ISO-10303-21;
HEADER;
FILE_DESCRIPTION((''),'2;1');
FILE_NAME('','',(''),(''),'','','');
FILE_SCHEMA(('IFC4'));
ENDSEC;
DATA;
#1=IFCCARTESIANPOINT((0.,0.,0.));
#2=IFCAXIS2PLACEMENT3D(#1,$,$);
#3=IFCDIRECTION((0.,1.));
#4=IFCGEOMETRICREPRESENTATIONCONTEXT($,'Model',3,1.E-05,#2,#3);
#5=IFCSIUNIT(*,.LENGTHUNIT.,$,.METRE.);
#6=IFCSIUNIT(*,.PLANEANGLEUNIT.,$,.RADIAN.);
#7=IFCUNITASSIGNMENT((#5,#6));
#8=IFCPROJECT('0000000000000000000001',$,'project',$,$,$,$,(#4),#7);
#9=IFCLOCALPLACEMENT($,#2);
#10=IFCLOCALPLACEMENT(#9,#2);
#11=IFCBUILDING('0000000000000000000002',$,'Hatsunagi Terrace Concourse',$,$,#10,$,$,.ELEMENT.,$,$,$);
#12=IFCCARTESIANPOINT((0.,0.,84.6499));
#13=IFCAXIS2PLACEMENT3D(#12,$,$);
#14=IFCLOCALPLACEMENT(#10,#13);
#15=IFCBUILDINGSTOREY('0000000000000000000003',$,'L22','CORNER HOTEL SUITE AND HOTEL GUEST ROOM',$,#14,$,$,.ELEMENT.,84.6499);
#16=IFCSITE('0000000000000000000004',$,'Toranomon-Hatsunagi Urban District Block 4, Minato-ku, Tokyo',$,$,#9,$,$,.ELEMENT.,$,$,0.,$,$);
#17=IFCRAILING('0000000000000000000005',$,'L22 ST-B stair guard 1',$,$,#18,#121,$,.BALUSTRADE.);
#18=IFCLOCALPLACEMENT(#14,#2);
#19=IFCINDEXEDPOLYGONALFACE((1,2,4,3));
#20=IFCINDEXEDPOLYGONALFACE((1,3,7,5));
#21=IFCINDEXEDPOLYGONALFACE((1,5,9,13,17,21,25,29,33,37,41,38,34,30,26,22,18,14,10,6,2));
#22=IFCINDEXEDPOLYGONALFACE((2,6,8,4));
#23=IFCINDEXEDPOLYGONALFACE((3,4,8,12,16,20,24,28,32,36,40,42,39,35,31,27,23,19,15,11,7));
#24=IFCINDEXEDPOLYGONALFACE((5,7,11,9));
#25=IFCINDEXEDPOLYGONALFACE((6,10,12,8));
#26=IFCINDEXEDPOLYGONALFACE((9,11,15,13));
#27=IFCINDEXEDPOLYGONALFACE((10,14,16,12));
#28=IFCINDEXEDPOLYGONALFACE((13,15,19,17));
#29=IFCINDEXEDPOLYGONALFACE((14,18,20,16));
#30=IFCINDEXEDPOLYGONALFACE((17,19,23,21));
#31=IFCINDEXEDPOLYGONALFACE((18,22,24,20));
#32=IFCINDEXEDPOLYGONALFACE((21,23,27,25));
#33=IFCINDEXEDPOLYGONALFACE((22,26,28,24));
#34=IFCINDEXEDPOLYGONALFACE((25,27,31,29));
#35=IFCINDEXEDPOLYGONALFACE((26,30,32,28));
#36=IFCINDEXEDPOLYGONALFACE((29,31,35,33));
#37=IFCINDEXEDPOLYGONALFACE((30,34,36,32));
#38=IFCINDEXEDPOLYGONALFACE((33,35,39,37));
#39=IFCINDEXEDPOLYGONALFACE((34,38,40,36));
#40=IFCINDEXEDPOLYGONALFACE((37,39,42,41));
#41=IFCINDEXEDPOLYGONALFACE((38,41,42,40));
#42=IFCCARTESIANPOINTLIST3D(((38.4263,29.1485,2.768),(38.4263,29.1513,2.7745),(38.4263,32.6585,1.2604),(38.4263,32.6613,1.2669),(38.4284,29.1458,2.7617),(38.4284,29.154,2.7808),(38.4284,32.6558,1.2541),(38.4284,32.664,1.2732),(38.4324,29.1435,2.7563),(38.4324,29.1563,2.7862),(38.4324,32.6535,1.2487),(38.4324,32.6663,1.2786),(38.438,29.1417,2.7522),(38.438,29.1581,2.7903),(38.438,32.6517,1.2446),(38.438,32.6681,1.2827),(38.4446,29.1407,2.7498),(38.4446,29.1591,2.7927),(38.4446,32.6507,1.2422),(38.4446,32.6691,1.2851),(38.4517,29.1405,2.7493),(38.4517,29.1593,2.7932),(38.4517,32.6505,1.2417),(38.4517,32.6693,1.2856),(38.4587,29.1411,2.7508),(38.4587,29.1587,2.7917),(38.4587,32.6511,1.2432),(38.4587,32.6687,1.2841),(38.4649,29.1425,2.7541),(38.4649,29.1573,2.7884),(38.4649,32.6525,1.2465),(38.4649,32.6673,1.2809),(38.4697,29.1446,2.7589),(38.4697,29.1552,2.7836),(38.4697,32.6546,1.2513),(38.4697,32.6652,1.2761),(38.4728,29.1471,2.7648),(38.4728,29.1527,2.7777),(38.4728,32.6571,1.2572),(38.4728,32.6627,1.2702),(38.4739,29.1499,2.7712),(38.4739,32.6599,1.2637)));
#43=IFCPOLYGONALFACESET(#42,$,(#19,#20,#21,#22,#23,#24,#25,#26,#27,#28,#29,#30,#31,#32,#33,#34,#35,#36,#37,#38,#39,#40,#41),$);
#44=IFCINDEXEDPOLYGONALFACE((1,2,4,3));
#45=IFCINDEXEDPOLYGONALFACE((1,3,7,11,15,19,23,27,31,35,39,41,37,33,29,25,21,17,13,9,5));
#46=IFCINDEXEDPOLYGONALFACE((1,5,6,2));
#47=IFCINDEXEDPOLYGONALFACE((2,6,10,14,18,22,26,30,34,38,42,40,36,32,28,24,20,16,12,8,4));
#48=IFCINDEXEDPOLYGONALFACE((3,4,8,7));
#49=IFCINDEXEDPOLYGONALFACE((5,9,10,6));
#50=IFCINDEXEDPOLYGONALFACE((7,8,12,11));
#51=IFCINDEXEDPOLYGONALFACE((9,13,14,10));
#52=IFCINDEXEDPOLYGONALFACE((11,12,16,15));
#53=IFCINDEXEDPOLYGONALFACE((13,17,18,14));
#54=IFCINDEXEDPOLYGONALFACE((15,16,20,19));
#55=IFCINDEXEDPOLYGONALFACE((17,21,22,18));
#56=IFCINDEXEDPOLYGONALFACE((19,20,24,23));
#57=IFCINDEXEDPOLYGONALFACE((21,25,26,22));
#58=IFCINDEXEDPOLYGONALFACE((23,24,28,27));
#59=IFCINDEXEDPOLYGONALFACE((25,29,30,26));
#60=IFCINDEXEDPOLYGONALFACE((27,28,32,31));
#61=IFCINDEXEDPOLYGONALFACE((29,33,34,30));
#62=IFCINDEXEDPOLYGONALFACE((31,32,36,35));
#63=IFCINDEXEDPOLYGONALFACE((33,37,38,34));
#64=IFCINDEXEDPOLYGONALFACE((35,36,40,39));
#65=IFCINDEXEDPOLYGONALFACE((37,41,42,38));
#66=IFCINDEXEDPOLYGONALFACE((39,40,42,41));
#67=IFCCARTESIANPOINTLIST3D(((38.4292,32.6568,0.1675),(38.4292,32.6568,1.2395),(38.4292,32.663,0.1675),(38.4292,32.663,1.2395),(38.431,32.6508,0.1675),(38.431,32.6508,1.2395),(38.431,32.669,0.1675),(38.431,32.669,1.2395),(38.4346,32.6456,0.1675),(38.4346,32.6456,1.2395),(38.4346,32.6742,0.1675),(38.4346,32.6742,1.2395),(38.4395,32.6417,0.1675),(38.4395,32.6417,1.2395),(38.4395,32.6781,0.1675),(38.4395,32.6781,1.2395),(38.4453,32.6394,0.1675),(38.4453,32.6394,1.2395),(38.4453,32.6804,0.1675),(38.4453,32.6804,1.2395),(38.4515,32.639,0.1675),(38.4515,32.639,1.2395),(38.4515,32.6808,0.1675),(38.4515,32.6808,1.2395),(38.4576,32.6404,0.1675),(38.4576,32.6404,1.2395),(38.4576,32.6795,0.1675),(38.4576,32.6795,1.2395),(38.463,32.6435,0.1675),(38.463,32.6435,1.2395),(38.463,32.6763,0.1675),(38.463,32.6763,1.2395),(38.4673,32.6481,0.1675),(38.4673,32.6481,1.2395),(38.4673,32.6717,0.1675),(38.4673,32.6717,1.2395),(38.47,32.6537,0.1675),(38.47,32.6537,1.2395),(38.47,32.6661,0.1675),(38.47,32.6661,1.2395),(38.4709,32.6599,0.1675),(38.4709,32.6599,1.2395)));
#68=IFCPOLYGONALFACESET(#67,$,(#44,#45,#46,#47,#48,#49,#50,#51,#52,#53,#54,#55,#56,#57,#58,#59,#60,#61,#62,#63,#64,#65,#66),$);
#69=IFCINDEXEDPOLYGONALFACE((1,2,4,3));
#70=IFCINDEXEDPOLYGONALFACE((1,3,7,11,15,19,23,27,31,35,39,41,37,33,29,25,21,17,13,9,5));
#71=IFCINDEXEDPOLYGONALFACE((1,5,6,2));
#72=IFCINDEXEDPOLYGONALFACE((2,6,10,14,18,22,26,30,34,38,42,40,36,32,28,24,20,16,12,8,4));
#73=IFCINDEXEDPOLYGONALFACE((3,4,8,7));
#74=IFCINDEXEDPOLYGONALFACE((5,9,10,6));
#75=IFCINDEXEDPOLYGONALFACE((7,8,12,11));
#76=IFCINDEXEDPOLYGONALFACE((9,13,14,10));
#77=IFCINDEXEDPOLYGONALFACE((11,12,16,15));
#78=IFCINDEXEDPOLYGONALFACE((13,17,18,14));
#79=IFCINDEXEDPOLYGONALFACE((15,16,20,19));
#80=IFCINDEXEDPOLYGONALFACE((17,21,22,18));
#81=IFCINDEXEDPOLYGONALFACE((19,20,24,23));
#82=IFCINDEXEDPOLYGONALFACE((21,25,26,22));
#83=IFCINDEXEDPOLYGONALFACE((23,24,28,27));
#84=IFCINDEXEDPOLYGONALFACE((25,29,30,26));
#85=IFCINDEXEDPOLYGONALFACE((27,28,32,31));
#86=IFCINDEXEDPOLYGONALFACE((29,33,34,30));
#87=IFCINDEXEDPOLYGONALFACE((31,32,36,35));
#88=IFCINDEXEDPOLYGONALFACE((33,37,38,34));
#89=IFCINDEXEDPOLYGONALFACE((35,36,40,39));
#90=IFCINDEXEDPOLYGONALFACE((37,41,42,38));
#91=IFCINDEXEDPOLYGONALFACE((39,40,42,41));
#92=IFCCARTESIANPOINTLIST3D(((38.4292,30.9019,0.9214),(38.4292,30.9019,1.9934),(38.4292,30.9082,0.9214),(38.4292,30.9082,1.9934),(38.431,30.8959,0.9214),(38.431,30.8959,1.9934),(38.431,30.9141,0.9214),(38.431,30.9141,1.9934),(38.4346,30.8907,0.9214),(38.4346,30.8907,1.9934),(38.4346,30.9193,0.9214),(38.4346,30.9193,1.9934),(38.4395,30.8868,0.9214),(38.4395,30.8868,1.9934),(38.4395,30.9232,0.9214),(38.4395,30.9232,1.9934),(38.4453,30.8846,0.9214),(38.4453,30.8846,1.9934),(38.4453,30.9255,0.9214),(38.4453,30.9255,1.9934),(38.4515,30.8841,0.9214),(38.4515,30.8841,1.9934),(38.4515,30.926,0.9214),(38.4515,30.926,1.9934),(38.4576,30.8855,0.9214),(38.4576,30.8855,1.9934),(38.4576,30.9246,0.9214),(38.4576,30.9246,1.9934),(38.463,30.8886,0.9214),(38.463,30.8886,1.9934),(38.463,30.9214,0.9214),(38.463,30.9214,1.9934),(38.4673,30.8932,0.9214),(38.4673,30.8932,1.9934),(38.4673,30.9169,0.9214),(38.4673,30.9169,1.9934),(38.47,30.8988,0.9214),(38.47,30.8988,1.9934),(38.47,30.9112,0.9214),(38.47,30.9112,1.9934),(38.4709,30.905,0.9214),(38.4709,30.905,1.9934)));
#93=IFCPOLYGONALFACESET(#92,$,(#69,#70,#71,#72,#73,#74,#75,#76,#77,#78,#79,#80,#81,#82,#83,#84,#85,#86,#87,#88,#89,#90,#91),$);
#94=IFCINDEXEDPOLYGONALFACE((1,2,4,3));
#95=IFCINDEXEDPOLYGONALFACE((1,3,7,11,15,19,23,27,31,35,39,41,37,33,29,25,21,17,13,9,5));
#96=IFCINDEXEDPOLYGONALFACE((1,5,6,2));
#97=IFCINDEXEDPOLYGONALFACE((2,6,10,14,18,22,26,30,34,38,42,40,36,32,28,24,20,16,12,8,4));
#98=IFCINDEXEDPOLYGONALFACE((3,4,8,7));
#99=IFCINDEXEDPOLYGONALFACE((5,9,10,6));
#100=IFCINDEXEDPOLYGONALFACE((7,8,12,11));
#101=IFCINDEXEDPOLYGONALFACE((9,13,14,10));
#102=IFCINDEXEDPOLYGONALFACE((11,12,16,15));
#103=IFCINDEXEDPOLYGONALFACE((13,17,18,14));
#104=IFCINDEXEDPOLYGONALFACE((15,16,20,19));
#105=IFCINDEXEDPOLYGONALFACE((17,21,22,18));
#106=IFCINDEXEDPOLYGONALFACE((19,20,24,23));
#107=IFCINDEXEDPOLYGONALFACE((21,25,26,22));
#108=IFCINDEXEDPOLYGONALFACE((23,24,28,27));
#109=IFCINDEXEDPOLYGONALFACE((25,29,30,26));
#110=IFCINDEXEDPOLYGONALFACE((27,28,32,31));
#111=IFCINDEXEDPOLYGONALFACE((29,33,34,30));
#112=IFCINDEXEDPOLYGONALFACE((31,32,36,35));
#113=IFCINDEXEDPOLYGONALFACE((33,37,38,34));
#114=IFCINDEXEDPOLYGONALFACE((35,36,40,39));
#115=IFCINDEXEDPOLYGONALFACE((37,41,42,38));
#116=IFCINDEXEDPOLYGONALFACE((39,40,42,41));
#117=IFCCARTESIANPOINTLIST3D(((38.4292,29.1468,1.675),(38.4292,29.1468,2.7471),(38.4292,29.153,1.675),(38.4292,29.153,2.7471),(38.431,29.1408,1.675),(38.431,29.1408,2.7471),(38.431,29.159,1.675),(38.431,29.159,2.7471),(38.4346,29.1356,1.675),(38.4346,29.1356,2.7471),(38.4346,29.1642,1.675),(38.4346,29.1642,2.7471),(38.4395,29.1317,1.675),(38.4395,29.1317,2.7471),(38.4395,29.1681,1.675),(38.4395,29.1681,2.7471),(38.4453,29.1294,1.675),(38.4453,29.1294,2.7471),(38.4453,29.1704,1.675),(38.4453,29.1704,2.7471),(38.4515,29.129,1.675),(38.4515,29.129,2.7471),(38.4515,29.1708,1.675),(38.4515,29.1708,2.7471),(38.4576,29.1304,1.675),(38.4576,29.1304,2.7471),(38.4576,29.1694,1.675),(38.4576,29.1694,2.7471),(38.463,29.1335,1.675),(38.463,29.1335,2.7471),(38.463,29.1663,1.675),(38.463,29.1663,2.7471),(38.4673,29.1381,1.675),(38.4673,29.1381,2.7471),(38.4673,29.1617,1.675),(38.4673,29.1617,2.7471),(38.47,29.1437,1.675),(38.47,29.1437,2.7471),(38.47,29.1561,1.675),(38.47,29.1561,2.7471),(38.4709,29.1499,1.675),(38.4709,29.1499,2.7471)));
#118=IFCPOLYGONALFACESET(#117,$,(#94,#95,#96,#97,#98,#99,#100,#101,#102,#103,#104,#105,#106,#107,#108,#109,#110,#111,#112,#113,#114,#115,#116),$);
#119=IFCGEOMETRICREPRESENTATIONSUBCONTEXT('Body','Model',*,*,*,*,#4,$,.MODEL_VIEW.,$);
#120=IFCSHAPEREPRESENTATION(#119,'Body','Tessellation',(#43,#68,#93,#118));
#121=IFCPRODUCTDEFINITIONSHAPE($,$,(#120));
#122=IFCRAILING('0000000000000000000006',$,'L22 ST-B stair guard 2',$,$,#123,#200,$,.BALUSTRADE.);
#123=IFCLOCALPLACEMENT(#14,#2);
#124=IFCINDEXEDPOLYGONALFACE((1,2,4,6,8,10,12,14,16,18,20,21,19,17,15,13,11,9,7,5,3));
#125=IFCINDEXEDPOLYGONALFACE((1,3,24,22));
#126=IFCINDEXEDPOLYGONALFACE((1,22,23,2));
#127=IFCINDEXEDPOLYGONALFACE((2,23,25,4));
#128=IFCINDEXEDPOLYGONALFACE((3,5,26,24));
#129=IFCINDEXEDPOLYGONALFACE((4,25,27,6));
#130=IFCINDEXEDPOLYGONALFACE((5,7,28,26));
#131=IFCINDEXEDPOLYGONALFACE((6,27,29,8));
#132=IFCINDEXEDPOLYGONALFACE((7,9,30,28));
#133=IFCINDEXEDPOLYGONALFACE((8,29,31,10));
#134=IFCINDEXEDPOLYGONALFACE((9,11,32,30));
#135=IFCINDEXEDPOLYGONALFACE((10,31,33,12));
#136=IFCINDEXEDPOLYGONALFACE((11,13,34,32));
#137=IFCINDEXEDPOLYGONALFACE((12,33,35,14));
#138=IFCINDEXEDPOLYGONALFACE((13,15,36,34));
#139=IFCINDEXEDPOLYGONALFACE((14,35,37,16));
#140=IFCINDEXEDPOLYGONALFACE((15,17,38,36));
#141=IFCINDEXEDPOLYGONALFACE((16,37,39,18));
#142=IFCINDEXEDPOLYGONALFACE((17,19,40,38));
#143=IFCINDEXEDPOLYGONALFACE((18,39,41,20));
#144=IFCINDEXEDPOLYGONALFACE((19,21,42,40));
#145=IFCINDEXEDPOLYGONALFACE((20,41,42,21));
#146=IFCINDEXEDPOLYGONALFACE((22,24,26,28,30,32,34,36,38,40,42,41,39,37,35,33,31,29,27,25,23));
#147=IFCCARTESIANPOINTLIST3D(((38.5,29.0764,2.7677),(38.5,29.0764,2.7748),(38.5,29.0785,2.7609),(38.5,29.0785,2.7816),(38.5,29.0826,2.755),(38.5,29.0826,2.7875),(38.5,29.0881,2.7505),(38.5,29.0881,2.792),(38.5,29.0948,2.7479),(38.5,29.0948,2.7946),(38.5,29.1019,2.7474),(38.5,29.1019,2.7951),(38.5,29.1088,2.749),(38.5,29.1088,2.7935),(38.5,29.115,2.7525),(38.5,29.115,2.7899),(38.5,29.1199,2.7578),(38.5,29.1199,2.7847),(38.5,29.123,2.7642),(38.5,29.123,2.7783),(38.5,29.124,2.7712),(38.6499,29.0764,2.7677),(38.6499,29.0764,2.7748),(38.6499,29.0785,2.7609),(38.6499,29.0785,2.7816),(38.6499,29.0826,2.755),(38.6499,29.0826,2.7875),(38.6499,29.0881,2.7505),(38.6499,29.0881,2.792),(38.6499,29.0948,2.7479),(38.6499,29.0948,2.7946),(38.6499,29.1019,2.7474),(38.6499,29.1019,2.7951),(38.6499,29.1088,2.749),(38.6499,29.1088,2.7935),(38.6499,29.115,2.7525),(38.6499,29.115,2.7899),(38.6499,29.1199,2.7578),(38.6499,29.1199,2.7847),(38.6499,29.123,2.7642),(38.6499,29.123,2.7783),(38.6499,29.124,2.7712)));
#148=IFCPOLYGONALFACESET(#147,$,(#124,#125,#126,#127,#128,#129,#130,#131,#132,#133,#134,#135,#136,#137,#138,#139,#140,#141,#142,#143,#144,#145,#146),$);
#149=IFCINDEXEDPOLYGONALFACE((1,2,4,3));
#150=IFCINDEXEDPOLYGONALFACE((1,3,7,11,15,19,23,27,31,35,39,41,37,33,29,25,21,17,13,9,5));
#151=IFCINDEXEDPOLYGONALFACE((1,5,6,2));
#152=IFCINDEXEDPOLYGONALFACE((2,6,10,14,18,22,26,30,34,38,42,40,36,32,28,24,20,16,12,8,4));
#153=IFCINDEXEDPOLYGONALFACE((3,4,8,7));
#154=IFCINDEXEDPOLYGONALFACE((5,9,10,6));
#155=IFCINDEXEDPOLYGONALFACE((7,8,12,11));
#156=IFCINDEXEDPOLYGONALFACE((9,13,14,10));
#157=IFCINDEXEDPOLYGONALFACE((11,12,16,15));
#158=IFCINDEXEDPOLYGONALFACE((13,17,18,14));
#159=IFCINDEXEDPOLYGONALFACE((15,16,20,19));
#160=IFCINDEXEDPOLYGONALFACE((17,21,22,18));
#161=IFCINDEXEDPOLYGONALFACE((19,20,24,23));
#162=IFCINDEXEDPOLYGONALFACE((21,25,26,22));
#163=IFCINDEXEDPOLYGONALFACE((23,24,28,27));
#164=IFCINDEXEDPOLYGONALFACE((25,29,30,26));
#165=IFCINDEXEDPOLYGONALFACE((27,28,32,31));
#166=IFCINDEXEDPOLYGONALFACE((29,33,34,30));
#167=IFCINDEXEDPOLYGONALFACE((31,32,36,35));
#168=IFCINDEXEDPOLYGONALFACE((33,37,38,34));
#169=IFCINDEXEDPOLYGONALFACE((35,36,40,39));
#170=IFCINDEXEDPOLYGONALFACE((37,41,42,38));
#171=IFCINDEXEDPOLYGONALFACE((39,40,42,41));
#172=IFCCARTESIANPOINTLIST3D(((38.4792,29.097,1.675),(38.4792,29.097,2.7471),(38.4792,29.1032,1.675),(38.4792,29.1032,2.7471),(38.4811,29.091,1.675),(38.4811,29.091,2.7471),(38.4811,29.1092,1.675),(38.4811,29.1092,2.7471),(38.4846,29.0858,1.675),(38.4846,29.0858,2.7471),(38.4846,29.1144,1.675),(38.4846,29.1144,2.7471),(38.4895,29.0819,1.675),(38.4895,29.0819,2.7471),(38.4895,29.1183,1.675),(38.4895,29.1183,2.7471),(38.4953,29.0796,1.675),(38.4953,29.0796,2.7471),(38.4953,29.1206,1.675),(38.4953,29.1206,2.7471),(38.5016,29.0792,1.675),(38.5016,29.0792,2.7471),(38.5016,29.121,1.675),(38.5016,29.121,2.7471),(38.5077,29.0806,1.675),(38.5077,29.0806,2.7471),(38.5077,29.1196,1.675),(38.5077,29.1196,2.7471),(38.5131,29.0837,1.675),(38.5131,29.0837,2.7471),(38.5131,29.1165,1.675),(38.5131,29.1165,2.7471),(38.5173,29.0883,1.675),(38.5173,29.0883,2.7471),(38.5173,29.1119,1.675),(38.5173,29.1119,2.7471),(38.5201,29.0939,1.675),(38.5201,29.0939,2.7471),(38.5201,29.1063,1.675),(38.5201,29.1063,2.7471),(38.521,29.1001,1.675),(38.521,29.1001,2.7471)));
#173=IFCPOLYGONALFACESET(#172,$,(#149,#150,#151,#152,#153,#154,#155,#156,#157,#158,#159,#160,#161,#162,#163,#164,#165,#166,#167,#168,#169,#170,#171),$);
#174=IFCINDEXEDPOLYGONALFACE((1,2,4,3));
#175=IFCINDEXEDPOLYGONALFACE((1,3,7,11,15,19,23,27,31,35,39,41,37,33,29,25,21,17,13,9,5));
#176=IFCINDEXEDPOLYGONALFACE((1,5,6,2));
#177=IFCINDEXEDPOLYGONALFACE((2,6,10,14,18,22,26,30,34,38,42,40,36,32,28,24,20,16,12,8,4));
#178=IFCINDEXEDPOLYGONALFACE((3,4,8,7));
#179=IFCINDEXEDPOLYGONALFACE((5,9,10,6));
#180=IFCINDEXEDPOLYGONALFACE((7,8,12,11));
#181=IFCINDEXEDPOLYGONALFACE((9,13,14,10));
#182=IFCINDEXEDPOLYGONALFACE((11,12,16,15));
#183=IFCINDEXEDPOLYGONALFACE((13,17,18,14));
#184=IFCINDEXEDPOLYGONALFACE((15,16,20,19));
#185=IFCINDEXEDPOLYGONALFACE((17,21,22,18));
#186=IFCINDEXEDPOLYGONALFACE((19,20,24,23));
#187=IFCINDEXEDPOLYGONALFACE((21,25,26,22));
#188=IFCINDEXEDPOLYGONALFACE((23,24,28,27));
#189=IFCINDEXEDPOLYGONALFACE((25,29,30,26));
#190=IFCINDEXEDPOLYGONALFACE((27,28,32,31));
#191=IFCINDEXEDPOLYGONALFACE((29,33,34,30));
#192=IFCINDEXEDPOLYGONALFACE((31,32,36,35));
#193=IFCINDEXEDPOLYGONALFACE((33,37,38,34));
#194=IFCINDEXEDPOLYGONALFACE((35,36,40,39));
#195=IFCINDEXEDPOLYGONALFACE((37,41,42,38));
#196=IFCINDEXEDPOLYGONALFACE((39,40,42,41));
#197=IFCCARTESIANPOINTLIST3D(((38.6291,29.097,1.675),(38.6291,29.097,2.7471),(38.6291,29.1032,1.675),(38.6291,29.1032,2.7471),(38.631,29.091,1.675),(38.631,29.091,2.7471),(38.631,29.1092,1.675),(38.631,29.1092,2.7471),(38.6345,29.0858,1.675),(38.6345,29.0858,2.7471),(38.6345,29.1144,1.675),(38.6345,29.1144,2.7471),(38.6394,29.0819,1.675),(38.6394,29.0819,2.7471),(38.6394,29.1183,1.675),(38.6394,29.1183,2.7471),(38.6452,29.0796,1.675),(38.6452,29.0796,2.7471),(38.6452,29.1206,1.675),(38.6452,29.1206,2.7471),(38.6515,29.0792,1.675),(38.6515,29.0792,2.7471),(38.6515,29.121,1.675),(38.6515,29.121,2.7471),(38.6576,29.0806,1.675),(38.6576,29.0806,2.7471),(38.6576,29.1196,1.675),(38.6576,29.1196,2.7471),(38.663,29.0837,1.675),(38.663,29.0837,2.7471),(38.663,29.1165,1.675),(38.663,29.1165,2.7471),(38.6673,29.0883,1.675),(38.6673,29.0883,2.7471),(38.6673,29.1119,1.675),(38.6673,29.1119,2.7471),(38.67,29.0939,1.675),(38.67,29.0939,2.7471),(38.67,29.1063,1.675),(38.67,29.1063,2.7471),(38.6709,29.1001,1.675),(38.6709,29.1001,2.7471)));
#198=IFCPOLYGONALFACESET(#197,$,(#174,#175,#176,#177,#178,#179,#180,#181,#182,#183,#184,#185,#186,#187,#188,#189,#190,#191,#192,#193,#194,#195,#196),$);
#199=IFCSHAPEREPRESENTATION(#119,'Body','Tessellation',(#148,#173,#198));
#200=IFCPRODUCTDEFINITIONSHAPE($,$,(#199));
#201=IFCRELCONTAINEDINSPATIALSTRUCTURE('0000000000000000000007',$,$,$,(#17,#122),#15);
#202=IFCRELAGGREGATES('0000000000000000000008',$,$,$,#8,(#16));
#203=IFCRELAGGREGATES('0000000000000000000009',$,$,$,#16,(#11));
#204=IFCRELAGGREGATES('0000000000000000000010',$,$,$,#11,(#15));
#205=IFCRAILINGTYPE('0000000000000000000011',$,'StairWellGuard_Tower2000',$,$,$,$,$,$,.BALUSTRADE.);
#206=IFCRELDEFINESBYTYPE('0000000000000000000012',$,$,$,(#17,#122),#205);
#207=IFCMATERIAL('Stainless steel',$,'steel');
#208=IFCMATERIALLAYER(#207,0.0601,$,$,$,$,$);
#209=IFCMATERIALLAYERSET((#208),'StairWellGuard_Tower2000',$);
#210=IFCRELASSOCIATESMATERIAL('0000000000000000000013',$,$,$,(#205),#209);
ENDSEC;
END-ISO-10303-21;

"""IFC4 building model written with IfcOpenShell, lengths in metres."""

from ifc_helpers import new_model, si_unit, direction, frame, origin, origin_2d, place, context, subcontext, project, spatial, circle, extrude, material, layer, layer_set, type_object, element, save


model = new_model("IFC4")

# Units and contexts
model_context = context("Model", 3, precision=1e-05, world=origin(), true_north=direction((0.0, 1.0)))
body_context = subcontext(model_context, "Body", "Model", "MODEL_VIEW")
ifc_project = project(units=[si_unit("LENGTHUNIT", "METRE"), si_unit("PLANEANGLEUNIT", "RADIAN")], contexts=[model_context])

# Site, building, storey
site_placement = place(None, origin())
site = spatial("IfcSite", under=ifc_project, at=site_placement, Name="Toranomon-Hatsunagi Urban District Block 4, Minato-ku, Tokyo", CompositionType="ELEMENT", RefElevation=0.0)
building_placement = place(site_placement, origin())
building = spatial("IfcBuilding", under=site, at=building_placement, Name="Hatsunagi Terrace Concourse", CompositionType="ELEMENT")
storey_placement = place(building_placement, frame((0.0, 0.0, 84.6499)))
storey = spatial("IfcBuildingStorey", under=building, at=storey_placement, Name="L22", Description="CORNER HOTEL SUITE AND HOTEL GUEST ROOM", CompositionType="ELEMENT", Elevation=84.6499)

# Railings
ifc_material_1 = material(Name="Stainless steel", Category="steel")
ifc_layer_1 = layer(ifc_material_1, 0.0601)
ifc_layer_set_1 = layer_set([ifc_layer_1], Name="StairWellGuard_Tower2000")
railing_type_1 = type_object("IfcRailingType", Name="StairWellGuard_Tower2000", PredefinedType="BALUSTRADE", material=ifc_layer_set_1)
railing_1_placement = place(storey_placement, frame((38.45, 32.6599, 0.1675)))
element("IfcRailing", 1, at=railing_1_placement, inside=storey, type_object=railing_type_1, Name="L22 ST-B stair guard 1", PredefinedType="BALUSTRADE", context=body_context, shape_type="SweptSolid", body=[
    extrude(circle(Radius=0.0239, at=origin_2d()), frame((0.0, 0.0, 1.0962), z_axis=(0.0, -0.918834, 0.394644), x_axis=(1.0, 0.0, 0.0)), (0.0, 0.0, 1.0), 3.8201),
    extrude(circle(Radius=0.021, at=origin_2d()), origin(), (0.0, 0.0, 1.0), 1.072),
    extrude(circle(Radius=0.021, at=origin_2d()), frame((0.0, -1.7549, 0.7539)), (0.0, 0.0, 1.0), 1.072),
    extrude(circle(Radius=0.021, at=origin_2d()), frame((0.0, -3.51, 1.5076)), (0.0, 0.0, 1.0), 1.072),
])
railing_2_placement = place(storey_placement, frame((38.5, 29.1001, 1.675)))
element("IfcRailing", 2, at=railing_2_placement, inside=storey, type_object=railing_type_1, Name="L22 ST-B stair guard 2", PredefinedType="BALUSTRADE", context=body_context, shape_type="SweptSolid", body=[
    extrude(circle(Radius=0.0239, at=origin_2d()), frame((0.0, 0.0, 1.0962), z_axis=(1.0, 0.0, 0.0), x_axis=(0.0, 1.0, 0.0)), (0.0, 0.0, 1.0), 0.1499),
    extrude(circle(Radius=0.021, at=origin_2d()), origin(), (0.0, 0.0, 1.0), 1.072),
    extrude(circle(Radius=0.021, at=origin_2d()), frame((0.1499, 0.0, 0.0)), (0.0, 0.0, 1.0), 1.072),
])

save(model, "model.ifc")
